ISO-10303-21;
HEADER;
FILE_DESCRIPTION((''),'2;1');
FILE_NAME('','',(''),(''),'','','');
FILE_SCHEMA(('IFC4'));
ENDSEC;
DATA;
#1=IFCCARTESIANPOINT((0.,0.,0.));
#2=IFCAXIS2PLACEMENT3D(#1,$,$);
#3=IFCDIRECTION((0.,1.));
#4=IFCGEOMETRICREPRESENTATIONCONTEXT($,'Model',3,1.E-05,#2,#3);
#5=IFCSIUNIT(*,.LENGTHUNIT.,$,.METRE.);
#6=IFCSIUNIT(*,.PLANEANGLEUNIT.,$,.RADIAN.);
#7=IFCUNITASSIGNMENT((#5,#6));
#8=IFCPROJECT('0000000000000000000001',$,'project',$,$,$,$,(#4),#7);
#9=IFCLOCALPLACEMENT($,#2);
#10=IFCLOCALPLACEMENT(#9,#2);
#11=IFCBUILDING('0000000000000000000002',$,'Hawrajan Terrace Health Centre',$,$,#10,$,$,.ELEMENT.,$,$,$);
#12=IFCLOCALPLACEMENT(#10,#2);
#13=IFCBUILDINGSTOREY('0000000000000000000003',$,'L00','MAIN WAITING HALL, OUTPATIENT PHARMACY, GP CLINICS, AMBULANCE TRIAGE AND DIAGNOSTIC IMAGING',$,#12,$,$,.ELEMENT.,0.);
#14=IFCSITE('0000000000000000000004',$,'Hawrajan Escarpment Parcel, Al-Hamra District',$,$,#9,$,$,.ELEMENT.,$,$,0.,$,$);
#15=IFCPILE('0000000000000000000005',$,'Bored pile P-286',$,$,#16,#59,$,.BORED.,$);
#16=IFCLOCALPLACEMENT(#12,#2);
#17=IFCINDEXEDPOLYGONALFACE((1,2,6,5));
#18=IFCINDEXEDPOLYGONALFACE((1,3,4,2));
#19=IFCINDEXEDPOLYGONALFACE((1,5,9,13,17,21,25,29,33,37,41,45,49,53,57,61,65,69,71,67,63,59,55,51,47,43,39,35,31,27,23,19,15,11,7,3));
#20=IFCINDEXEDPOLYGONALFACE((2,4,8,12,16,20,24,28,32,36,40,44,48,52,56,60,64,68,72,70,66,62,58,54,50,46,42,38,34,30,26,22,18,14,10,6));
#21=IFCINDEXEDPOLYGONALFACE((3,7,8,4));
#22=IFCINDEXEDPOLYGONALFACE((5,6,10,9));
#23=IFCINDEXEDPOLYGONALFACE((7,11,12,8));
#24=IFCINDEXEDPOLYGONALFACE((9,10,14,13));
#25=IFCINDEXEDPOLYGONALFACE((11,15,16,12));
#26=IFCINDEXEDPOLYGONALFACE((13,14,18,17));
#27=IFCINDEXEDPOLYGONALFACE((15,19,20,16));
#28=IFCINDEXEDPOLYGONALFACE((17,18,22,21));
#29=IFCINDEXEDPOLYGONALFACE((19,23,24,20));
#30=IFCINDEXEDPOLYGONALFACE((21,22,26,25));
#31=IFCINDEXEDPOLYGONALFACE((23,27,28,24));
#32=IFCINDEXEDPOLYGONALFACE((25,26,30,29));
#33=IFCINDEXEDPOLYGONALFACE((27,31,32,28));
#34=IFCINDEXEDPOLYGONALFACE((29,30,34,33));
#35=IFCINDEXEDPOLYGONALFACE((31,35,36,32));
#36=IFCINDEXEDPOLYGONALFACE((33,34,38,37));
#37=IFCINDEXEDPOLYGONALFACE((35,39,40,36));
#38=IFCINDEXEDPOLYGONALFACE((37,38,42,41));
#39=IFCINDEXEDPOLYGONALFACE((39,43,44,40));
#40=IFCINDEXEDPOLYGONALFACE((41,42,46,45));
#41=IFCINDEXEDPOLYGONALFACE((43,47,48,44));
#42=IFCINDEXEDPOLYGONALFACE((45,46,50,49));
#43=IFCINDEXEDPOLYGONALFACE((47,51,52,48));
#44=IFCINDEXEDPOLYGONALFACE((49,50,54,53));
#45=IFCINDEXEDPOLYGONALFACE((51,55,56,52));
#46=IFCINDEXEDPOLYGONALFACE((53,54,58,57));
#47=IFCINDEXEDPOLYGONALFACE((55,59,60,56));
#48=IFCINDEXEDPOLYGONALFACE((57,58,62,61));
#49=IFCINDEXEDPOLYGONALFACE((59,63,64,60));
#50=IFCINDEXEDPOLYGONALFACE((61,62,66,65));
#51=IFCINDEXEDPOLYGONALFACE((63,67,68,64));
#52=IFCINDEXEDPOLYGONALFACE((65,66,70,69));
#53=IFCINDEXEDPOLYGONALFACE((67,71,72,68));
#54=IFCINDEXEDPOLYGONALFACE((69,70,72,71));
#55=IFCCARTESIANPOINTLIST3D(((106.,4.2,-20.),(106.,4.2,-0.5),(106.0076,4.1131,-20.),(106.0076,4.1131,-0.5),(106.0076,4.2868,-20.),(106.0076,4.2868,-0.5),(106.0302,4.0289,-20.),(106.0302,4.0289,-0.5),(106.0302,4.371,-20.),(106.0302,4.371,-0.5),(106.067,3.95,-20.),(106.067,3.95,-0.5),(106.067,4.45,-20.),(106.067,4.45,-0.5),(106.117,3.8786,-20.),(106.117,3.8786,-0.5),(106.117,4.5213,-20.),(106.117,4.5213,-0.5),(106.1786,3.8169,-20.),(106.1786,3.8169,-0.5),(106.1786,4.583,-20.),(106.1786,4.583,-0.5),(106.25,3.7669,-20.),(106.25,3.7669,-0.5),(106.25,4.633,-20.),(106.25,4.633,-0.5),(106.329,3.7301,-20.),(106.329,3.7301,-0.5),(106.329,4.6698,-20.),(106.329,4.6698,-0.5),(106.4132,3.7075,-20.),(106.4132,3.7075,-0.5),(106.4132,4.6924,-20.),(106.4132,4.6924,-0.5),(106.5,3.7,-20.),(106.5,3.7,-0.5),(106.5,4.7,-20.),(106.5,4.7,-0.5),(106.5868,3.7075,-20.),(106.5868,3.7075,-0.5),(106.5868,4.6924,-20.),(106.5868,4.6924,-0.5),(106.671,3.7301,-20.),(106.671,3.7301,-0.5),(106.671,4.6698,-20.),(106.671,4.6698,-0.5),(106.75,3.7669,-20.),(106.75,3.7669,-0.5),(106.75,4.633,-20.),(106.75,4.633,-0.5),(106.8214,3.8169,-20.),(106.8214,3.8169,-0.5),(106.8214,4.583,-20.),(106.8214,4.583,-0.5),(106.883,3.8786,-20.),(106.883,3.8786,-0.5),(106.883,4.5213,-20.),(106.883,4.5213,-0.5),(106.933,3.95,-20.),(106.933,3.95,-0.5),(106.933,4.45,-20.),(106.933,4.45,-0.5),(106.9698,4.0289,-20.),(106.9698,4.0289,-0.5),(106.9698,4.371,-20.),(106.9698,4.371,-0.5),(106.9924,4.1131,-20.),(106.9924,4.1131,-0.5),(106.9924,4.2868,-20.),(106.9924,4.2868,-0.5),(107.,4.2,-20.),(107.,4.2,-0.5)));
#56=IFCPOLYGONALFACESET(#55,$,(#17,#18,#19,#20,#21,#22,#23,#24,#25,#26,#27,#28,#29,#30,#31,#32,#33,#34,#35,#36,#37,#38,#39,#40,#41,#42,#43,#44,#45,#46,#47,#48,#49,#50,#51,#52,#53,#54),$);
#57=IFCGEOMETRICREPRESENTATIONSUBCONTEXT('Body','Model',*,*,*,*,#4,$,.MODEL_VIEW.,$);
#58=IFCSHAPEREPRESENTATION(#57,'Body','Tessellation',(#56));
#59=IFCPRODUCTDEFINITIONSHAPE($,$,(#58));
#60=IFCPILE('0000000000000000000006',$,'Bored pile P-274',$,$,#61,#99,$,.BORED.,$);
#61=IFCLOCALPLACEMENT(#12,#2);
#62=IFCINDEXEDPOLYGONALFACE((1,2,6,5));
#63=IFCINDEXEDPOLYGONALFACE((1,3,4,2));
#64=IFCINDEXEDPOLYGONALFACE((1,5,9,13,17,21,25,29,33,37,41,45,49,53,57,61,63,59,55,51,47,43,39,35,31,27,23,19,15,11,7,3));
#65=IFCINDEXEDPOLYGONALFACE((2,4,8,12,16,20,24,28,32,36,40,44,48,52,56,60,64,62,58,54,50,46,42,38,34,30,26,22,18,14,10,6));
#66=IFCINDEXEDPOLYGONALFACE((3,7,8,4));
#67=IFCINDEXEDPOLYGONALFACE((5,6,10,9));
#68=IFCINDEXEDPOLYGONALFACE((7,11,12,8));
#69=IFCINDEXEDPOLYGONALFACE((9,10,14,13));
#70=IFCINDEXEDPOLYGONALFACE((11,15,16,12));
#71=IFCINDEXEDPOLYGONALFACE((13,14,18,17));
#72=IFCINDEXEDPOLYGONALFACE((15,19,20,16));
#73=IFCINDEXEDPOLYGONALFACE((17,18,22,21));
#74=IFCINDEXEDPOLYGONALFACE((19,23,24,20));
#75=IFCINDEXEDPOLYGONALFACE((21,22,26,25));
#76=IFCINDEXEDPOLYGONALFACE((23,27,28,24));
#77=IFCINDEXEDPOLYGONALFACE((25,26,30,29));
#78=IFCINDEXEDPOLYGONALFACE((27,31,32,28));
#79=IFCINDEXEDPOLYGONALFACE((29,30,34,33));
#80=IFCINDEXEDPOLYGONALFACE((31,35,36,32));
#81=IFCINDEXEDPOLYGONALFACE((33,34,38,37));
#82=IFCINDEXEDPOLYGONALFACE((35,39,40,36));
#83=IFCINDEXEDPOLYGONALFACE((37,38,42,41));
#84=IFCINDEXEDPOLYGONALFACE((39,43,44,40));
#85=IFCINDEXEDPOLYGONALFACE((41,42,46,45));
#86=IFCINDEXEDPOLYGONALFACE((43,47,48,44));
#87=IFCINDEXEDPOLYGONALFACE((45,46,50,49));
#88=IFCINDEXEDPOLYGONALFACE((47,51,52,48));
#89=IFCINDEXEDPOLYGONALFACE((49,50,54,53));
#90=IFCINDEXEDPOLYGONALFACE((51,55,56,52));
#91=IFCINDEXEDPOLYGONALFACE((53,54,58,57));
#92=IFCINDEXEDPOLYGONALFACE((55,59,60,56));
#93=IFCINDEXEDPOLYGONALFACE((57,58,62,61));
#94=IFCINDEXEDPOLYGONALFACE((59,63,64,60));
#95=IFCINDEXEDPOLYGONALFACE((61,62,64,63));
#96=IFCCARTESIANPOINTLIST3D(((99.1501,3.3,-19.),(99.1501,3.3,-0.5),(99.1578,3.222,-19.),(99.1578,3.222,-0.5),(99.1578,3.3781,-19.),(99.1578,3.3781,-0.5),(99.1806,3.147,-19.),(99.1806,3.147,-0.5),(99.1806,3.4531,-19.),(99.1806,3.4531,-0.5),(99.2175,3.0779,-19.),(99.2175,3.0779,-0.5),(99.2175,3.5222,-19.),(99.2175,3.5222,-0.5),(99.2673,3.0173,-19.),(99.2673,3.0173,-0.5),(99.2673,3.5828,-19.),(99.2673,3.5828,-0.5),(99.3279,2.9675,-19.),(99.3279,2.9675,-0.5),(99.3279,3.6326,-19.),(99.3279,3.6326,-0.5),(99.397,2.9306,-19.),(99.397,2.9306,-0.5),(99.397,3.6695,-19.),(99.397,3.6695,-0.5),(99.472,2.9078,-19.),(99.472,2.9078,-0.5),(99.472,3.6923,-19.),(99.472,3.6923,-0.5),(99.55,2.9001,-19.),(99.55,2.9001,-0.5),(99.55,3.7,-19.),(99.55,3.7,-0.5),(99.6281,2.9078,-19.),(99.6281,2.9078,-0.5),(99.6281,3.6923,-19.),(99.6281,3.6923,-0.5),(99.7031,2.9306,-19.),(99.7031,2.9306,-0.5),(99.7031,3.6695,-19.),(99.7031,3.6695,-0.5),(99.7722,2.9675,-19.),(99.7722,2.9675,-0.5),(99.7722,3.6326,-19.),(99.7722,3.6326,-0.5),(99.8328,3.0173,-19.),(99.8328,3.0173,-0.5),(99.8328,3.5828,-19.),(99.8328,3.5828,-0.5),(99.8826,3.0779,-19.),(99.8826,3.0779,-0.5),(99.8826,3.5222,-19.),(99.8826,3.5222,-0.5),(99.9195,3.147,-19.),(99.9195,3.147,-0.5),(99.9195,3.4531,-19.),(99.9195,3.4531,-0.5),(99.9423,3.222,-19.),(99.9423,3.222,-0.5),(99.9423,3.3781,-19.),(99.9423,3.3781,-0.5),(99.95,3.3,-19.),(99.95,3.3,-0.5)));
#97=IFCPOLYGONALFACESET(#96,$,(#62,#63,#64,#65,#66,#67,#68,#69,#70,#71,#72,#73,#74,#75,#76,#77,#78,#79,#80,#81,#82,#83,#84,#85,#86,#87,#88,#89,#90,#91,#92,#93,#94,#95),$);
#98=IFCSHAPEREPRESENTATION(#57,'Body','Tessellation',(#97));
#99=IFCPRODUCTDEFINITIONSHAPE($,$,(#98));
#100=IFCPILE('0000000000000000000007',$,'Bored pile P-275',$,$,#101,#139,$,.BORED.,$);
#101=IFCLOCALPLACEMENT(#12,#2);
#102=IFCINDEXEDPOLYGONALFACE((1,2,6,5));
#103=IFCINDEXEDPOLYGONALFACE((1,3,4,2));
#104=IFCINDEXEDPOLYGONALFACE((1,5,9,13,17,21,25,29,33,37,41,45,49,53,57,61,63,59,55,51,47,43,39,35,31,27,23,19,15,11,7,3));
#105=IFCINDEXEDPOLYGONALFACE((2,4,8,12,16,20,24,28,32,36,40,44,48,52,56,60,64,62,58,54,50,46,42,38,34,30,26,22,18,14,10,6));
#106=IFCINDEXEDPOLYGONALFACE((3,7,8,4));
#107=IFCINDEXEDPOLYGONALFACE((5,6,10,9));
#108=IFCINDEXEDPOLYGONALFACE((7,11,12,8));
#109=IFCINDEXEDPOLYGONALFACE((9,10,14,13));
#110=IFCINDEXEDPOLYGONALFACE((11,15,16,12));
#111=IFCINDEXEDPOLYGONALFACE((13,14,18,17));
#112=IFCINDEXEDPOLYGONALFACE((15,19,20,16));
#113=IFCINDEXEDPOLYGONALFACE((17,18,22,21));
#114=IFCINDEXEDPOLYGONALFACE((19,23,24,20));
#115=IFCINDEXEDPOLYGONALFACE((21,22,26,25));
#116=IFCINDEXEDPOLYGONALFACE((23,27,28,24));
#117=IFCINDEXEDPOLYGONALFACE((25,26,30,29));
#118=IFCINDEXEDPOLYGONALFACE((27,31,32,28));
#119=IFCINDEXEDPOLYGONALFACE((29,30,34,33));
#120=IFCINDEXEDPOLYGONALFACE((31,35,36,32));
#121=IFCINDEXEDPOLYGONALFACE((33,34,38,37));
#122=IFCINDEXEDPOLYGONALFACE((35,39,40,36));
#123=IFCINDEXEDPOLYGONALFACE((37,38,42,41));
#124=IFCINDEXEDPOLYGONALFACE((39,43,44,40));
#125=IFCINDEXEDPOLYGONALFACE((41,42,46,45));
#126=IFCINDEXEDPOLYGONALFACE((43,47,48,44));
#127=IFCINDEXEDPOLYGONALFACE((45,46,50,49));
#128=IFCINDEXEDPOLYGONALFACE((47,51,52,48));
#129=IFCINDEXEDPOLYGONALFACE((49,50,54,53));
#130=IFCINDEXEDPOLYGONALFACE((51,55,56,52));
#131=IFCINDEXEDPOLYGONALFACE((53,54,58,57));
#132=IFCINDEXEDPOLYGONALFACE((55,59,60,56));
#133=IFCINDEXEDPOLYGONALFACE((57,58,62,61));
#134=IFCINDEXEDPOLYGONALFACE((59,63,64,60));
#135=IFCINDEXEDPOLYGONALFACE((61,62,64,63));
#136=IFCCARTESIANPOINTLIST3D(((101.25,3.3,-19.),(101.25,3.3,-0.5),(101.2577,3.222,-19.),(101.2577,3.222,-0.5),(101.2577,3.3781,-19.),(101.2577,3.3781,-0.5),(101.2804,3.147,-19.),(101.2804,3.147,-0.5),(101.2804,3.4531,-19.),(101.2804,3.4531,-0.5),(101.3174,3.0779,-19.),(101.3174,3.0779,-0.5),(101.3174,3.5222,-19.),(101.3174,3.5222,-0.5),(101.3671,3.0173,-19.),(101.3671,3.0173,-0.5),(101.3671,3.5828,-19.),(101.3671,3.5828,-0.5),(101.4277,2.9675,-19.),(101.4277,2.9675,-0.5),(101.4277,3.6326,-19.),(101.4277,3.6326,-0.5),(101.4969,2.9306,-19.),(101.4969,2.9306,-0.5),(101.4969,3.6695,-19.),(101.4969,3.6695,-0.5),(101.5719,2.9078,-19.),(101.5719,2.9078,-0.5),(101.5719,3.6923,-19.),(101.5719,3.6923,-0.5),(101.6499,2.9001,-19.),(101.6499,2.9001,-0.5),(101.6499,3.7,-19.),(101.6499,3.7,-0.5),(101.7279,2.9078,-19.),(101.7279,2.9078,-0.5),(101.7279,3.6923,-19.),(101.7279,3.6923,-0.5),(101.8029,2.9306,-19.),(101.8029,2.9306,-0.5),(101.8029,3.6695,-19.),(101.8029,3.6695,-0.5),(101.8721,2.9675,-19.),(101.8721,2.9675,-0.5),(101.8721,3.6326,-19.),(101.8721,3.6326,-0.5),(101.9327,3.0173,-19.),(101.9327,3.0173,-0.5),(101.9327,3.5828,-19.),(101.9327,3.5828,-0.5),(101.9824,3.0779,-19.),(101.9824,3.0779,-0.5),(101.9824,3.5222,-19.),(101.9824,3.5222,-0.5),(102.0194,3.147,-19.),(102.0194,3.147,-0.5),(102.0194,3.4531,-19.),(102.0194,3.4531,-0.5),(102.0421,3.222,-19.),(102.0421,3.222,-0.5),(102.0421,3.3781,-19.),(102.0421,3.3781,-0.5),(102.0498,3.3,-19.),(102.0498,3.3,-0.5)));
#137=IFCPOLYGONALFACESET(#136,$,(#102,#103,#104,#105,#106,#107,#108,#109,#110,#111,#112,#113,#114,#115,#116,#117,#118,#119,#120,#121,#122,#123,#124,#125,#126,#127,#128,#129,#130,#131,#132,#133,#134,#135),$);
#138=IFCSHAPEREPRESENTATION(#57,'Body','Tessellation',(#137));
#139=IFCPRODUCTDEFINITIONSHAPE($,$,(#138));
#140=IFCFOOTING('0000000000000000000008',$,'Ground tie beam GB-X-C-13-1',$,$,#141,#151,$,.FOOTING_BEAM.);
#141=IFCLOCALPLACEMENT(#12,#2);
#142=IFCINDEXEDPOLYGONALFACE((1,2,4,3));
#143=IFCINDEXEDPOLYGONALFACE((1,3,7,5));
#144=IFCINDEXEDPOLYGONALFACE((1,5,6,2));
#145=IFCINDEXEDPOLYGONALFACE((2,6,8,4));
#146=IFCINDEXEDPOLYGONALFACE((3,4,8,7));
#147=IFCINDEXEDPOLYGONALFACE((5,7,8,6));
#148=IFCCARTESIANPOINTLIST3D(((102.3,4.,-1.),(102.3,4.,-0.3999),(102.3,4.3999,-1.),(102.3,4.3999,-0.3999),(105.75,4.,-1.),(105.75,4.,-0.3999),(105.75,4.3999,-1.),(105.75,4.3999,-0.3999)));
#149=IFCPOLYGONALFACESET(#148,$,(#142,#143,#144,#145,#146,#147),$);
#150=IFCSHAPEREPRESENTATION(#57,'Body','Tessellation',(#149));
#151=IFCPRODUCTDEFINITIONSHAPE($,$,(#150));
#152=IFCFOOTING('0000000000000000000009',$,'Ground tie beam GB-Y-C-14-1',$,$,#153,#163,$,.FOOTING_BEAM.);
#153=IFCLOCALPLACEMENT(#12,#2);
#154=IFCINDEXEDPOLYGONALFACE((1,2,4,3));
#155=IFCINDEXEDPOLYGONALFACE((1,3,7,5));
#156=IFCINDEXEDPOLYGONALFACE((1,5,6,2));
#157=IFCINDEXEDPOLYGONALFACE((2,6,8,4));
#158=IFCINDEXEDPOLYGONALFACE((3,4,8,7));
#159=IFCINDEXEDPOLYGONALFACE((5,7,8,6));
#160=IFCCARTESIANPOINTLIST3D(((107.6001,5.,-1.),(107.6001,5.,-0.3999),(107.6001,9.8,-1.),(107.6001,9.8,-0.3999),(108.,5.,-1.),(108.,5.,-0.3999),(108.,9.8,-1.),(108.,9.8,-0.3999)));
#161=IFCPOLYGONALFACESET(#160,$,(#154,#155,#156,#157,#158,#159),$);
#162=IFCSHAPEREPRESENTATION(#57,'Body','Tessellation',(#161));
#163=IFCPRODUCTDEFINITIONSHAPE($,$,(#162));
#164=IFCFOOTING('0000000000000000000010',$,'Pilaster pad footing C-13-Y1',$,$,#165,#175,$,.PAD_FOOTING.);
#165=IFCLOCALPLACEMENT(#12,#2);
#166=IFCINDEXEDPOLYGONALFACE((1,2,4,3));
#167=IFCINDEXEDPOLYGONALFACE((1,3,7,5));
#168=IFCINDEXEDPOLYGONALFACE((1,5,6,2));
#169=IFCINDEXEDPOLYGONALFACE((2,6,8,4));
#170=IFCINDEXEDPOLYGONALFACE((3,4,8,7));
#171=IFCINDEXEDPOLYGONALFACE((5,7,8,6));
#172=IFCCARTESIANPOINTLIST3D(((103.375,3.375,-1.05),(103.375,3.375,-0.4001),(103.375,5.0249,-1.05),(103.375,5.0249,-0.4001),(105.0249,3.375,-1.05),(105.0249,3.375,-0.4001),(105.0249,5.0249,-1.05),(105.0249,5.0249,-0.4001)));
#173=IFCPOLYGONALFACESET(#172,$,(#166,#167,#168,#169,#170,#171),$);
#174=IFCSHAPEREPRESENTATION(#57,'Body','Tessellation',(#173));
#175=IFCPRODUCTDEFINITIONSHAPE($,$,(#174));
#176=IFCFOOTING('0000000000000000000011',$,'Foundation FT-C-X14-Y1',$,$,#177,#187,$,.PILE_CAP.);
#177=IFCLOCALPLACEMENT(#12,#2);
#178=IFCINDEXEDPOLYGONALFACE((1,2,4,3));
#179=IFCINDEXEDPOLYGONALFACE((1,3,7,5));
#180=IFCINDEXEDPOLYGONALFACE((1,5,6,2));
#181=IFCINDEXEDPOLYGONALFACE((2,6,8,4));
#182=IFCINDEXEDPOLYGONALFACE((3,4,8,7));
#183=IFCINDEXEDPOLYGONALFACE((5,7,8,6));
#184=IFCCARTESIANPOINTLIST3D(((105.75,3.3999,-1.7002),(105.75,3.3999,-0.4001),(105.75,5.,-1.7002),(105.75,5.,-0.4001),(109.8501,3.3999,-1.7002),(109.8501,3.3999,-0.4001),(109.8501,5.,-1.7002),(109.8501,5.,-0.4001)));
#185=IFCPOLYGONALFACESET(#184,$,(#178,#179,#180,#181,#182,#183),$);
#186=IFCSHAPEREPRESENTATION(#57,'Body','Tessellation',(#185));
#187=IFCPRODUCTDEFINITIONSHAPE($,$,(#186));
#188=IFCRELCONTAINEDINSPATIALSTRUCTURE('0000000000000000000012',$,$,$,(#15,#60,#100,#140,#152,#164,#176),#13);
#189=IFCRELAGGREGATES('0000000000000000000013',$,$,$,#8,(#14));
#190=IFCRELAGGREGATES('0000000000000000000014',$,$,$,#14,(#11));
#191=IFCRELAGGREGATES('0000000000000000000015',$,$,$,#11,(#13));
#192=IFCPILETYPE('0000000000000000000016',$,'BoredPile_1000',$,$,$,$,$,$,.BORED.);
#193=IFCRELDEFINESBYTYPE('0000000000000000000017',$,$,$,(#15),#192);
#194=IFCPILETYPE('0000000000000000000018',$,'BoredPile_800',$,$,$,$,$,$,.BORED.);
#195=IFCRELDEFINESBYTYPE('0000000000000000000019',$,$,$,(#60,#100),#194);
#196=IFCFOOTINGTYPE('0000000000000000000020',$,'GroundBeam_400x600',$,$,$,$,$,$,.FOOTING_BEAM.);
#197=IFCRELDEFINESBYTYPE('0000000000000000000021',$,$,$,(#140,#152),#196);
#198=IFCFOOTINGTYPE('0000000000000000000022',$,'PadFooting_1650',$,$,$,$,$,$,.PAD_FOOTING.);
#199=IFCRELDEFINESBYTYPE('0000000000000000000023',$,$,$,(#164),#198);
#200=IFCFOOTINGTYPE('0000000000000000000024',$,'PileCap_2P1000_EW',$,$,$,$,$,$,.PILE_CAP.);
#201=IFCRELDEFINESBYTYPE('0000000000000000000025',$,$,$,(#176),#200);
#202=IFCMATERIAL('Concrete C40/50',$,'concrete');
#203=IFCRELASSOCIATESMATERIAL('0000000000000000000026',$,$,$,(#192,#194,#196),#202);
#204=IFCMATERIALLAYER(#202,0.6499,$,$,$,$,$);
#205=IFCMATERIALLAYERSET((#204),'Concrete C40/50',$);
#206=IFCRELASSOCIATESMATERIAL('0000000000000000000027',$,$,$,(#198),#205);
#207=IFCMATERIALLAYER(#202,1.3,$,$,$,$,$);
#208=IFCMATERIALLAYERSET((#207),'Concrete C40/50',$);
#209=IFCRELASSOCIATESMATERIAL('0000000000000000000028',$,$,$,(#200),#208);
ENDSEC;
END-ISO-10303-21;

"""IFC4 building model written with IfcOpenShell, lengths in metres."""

from ifc_helpers import new_model, si_unit, direction, frame, origin, origin_2d, place, context, subcontext, project, spatial, rectangle, circle, extrude, material, layer, layer_set, material_profile, profile_set, type_object, element, save


model = new_model("IFC4")

# Units and contexts
model_context = context("Model", 3, precision=1e-05, world=origin(), true_north=direction((0.0, 1.0)))
body_context = subcontext(model_context, "Body", "Model", "MODEL_VIEW")
ifc_project = project(units=[si_unit("LENGTHUNIT", "METRE"), si_unit("PLANEANGLEUNIT", "RADIAN")], contexts=[model_context])

# Site, building, storey
site_placement = place(None, origin())
site = spatial("IfcSite", under=ifc_project, at=site_placement, Name="Hawrajan Escarpment Parcel, Al-Hamra District", CompositionType="ELEMENT", RefElevation=0.0)
building_placement = place(site_placement, origin())
building = spatial("IfcBuilding", under=site, at=building_placement, Name="Hawrajan Terrace Health Centre", CompositionType="ELEMENT")
storey_placement = place(building_placement, origin())
storey = spatial("IfcBuildingStorey", under=building, at=storey_placement, Name="L00", Description="MAIN WAITING HALL, OUTPATIENT PHARMACY, GP CLINICS, AMBULANCE TRIAGE AND DIAGNOSTIC IMAGING", CompositionType="ELEMENT", Elevation=0.0)

# Piles
ifc_material_1 = material(Name="Concrete C40/50", Category="concrete")
ifc_material_profile_1 = material_profile(ifc_material_1, circle(Radius=0.5, at=origin_2d()), Name="BP 1000")
ifc_profile_set_1 = profile_set([ifc_material_profile_1], Name="Concrete C40/50")
pile_type_1 = type_object("IfcPileType", Name="BoredPile_1000", PredefinedType="BORED", material=ifc_profile_set_1)
pile_placement = place(storey_placement, frame((106.5, 4.2, -0.5), z_axis=(0.0, 0.0, -1.0), x_axis=(1.0, 0.0, 0.0)))
element("IfcPile", 1, at=pile_placement, inside=storey, type_object=pile_type_1, Name="Bored pile P-286", PredefinedType="BORED", context=body_context, shape_type="SweptSolid", body=[
    extrude(circle(Radius=0.5, at=origin_2d()), origin(), (0.0, 0.0, 1.0), 19.5),
])
ifc_material_profile_2 = material_profile(ifc_material_1, circle(Radius=0.3999, at=origin_2d()), Name="BP 800")
ifc_profile_set_2 = profile_set([ifc_material_profile_2], Name="Concrete C40/50")
pile_type_2 = type_object("IfcPileType", Name="BoredPile_800", PredefinedType="BORED", material=ifc_profile_set_2)
for number, where, z_axis, x_axis, name in (
    (2, (99.55, 3.3, -0.5), (0.0, 0.0, -1.0), (1.0, 0.0, 0.0), "Bored pile P-274"),
    (3, (101.6499, 3.3, -0.5), (0.0, 0.0, -1.0), (1.0, 0.0, 0.0), "Bored pile P-275"),
):
    element("IfcPile", number, at=place(storey_placement, frame(where, z_axis=z_axis, x_axis=x_axis)), inside=storey, type_object=pile_type_2, Name=name, PredefinedType="BORED", context=body_context, shape_type="SweptSolid", body=[
        extrude(circle(Radius=0.3999, at=origin_2d()), origin(), (0.0, 0.0, 1.0), 18.5),
    ])

# Footings
ifc_material_profile_3 = material_profile(ifc_material_1, rectangle(XDim=0.3999, YDim=0.6001, at=origin_2d()), Name="RC BM 400x600")
ifc_profile_set_3 = profile_set([ifc_material_profile_3], Name="Concrete C40/50")
footing_type_1 = type_object("IfcFootingType", Name="GroundBeam_400x600", PredefinedType="FOOTING_BEAM", material=ifc_profile_set_3)
footing_1_placement = place(storey_placement, frame((102.3, 4.2, -0.7), z_axis=(1.0, 0.0, 0.0), x_axis=(0.0, 1.0, 0.0)))
element("IfcFooting", 4, at=footing_1_placement, inside=storey, type_object=footing_type_1, Name="Ground tie beam GB-X-C-13-1", PredefinedType="FOOTING_BEAM", context=body_context, shape_type="SweptSolid", body=[
    extrude(rectangle(XDim=0.3999, YDim=0.6001, at=origin_2d()), origin(), (0.0, 0.0, 1.0), 3.45),
])
footing_2_placement = place(storey_placement, frame((107.8, 5.0, -0.7), z_axis=(0.0, 1.0, 0.0), x_axis=(-1.0, 0.0, 0.0)))
element("IfcFooting", 5, at=footing_2_placement, inside=storey, type_object=footing_type_1, Name="Ground tie beam GB-Y-C-14-1", PredefinedType="FOOTING_BEAM", context=body_context, shape_type="SweptSolid", body=[
    extrude(rectangle(XDim=0.3999, YDim=0.6001, at=origin_2d()), origin(), (0.0, 0.0, 1.0), 4.8),
])
ifc_layer_1 = layer(ifc_material_1, 0.6499)
ifc_layer_set_1 = layer_set([ifc_layer_1], Name="Concrete C40/50")
footing_type_2 = type_object("IfcFootingType", Name="PadFooting_1650", PredefinedType="PAD_FOOTING", material=ifc_layer_set_1)
footing_3_placement = place(storey_placement, frame((104.2, 4.2, -1.05), z_axis=(0.0, 0.0, 1.0), x_axis=(1.0, 0.0, 0.0)))
element("IfcFooting", 6, at=footing_3_placement, inside=storey, type_object=footing_type_2, Name="Pilaster pad footing C-13-Y1", PredefinedType="PAD_FOOTING", context=body_context, shape_type="SweptSolid", body=[
    extrude(rectangle(XDim=1.6499, YDim=1.6499, at=origin_2d()), origin(), (0.0, 0.0, 1.0), 0.6499),
])
ifc_layer_2 = layer(ifc_material_1, 1.3)
ifc_layer_set_2 = layer_set([ifc_layer_2], Name="Concrete C40/50")
footing_type_3 = type_object("IfcFootingType", Name="PileCap_2P1000_EW", PredefinedType="PILE_CAP", material=ifc_layer_set_2)
footing_4_placement = place(storey_placement, frame((107.8, 4.2, -1.7002), z_axis=(0.0, 0.0, 1.0), x_axis=(1.0, 0.0, 0.0)))
element("IfcFooting", 7, at=footing_4_placement, inside=storey, type_object=footing_type_3, Name="Foundation FT-C-X14-Y1", PredefinedType="PILE_CAP", context=body_context, shape_type="SweptSolid", body=[
    extrude(rectangle(XDim=4.1001, YDim=1.6001, at=origin_2d()), origin(), (0.0, 0.0, 1.0), 1.3),
])

save(model, "model.ifc")
